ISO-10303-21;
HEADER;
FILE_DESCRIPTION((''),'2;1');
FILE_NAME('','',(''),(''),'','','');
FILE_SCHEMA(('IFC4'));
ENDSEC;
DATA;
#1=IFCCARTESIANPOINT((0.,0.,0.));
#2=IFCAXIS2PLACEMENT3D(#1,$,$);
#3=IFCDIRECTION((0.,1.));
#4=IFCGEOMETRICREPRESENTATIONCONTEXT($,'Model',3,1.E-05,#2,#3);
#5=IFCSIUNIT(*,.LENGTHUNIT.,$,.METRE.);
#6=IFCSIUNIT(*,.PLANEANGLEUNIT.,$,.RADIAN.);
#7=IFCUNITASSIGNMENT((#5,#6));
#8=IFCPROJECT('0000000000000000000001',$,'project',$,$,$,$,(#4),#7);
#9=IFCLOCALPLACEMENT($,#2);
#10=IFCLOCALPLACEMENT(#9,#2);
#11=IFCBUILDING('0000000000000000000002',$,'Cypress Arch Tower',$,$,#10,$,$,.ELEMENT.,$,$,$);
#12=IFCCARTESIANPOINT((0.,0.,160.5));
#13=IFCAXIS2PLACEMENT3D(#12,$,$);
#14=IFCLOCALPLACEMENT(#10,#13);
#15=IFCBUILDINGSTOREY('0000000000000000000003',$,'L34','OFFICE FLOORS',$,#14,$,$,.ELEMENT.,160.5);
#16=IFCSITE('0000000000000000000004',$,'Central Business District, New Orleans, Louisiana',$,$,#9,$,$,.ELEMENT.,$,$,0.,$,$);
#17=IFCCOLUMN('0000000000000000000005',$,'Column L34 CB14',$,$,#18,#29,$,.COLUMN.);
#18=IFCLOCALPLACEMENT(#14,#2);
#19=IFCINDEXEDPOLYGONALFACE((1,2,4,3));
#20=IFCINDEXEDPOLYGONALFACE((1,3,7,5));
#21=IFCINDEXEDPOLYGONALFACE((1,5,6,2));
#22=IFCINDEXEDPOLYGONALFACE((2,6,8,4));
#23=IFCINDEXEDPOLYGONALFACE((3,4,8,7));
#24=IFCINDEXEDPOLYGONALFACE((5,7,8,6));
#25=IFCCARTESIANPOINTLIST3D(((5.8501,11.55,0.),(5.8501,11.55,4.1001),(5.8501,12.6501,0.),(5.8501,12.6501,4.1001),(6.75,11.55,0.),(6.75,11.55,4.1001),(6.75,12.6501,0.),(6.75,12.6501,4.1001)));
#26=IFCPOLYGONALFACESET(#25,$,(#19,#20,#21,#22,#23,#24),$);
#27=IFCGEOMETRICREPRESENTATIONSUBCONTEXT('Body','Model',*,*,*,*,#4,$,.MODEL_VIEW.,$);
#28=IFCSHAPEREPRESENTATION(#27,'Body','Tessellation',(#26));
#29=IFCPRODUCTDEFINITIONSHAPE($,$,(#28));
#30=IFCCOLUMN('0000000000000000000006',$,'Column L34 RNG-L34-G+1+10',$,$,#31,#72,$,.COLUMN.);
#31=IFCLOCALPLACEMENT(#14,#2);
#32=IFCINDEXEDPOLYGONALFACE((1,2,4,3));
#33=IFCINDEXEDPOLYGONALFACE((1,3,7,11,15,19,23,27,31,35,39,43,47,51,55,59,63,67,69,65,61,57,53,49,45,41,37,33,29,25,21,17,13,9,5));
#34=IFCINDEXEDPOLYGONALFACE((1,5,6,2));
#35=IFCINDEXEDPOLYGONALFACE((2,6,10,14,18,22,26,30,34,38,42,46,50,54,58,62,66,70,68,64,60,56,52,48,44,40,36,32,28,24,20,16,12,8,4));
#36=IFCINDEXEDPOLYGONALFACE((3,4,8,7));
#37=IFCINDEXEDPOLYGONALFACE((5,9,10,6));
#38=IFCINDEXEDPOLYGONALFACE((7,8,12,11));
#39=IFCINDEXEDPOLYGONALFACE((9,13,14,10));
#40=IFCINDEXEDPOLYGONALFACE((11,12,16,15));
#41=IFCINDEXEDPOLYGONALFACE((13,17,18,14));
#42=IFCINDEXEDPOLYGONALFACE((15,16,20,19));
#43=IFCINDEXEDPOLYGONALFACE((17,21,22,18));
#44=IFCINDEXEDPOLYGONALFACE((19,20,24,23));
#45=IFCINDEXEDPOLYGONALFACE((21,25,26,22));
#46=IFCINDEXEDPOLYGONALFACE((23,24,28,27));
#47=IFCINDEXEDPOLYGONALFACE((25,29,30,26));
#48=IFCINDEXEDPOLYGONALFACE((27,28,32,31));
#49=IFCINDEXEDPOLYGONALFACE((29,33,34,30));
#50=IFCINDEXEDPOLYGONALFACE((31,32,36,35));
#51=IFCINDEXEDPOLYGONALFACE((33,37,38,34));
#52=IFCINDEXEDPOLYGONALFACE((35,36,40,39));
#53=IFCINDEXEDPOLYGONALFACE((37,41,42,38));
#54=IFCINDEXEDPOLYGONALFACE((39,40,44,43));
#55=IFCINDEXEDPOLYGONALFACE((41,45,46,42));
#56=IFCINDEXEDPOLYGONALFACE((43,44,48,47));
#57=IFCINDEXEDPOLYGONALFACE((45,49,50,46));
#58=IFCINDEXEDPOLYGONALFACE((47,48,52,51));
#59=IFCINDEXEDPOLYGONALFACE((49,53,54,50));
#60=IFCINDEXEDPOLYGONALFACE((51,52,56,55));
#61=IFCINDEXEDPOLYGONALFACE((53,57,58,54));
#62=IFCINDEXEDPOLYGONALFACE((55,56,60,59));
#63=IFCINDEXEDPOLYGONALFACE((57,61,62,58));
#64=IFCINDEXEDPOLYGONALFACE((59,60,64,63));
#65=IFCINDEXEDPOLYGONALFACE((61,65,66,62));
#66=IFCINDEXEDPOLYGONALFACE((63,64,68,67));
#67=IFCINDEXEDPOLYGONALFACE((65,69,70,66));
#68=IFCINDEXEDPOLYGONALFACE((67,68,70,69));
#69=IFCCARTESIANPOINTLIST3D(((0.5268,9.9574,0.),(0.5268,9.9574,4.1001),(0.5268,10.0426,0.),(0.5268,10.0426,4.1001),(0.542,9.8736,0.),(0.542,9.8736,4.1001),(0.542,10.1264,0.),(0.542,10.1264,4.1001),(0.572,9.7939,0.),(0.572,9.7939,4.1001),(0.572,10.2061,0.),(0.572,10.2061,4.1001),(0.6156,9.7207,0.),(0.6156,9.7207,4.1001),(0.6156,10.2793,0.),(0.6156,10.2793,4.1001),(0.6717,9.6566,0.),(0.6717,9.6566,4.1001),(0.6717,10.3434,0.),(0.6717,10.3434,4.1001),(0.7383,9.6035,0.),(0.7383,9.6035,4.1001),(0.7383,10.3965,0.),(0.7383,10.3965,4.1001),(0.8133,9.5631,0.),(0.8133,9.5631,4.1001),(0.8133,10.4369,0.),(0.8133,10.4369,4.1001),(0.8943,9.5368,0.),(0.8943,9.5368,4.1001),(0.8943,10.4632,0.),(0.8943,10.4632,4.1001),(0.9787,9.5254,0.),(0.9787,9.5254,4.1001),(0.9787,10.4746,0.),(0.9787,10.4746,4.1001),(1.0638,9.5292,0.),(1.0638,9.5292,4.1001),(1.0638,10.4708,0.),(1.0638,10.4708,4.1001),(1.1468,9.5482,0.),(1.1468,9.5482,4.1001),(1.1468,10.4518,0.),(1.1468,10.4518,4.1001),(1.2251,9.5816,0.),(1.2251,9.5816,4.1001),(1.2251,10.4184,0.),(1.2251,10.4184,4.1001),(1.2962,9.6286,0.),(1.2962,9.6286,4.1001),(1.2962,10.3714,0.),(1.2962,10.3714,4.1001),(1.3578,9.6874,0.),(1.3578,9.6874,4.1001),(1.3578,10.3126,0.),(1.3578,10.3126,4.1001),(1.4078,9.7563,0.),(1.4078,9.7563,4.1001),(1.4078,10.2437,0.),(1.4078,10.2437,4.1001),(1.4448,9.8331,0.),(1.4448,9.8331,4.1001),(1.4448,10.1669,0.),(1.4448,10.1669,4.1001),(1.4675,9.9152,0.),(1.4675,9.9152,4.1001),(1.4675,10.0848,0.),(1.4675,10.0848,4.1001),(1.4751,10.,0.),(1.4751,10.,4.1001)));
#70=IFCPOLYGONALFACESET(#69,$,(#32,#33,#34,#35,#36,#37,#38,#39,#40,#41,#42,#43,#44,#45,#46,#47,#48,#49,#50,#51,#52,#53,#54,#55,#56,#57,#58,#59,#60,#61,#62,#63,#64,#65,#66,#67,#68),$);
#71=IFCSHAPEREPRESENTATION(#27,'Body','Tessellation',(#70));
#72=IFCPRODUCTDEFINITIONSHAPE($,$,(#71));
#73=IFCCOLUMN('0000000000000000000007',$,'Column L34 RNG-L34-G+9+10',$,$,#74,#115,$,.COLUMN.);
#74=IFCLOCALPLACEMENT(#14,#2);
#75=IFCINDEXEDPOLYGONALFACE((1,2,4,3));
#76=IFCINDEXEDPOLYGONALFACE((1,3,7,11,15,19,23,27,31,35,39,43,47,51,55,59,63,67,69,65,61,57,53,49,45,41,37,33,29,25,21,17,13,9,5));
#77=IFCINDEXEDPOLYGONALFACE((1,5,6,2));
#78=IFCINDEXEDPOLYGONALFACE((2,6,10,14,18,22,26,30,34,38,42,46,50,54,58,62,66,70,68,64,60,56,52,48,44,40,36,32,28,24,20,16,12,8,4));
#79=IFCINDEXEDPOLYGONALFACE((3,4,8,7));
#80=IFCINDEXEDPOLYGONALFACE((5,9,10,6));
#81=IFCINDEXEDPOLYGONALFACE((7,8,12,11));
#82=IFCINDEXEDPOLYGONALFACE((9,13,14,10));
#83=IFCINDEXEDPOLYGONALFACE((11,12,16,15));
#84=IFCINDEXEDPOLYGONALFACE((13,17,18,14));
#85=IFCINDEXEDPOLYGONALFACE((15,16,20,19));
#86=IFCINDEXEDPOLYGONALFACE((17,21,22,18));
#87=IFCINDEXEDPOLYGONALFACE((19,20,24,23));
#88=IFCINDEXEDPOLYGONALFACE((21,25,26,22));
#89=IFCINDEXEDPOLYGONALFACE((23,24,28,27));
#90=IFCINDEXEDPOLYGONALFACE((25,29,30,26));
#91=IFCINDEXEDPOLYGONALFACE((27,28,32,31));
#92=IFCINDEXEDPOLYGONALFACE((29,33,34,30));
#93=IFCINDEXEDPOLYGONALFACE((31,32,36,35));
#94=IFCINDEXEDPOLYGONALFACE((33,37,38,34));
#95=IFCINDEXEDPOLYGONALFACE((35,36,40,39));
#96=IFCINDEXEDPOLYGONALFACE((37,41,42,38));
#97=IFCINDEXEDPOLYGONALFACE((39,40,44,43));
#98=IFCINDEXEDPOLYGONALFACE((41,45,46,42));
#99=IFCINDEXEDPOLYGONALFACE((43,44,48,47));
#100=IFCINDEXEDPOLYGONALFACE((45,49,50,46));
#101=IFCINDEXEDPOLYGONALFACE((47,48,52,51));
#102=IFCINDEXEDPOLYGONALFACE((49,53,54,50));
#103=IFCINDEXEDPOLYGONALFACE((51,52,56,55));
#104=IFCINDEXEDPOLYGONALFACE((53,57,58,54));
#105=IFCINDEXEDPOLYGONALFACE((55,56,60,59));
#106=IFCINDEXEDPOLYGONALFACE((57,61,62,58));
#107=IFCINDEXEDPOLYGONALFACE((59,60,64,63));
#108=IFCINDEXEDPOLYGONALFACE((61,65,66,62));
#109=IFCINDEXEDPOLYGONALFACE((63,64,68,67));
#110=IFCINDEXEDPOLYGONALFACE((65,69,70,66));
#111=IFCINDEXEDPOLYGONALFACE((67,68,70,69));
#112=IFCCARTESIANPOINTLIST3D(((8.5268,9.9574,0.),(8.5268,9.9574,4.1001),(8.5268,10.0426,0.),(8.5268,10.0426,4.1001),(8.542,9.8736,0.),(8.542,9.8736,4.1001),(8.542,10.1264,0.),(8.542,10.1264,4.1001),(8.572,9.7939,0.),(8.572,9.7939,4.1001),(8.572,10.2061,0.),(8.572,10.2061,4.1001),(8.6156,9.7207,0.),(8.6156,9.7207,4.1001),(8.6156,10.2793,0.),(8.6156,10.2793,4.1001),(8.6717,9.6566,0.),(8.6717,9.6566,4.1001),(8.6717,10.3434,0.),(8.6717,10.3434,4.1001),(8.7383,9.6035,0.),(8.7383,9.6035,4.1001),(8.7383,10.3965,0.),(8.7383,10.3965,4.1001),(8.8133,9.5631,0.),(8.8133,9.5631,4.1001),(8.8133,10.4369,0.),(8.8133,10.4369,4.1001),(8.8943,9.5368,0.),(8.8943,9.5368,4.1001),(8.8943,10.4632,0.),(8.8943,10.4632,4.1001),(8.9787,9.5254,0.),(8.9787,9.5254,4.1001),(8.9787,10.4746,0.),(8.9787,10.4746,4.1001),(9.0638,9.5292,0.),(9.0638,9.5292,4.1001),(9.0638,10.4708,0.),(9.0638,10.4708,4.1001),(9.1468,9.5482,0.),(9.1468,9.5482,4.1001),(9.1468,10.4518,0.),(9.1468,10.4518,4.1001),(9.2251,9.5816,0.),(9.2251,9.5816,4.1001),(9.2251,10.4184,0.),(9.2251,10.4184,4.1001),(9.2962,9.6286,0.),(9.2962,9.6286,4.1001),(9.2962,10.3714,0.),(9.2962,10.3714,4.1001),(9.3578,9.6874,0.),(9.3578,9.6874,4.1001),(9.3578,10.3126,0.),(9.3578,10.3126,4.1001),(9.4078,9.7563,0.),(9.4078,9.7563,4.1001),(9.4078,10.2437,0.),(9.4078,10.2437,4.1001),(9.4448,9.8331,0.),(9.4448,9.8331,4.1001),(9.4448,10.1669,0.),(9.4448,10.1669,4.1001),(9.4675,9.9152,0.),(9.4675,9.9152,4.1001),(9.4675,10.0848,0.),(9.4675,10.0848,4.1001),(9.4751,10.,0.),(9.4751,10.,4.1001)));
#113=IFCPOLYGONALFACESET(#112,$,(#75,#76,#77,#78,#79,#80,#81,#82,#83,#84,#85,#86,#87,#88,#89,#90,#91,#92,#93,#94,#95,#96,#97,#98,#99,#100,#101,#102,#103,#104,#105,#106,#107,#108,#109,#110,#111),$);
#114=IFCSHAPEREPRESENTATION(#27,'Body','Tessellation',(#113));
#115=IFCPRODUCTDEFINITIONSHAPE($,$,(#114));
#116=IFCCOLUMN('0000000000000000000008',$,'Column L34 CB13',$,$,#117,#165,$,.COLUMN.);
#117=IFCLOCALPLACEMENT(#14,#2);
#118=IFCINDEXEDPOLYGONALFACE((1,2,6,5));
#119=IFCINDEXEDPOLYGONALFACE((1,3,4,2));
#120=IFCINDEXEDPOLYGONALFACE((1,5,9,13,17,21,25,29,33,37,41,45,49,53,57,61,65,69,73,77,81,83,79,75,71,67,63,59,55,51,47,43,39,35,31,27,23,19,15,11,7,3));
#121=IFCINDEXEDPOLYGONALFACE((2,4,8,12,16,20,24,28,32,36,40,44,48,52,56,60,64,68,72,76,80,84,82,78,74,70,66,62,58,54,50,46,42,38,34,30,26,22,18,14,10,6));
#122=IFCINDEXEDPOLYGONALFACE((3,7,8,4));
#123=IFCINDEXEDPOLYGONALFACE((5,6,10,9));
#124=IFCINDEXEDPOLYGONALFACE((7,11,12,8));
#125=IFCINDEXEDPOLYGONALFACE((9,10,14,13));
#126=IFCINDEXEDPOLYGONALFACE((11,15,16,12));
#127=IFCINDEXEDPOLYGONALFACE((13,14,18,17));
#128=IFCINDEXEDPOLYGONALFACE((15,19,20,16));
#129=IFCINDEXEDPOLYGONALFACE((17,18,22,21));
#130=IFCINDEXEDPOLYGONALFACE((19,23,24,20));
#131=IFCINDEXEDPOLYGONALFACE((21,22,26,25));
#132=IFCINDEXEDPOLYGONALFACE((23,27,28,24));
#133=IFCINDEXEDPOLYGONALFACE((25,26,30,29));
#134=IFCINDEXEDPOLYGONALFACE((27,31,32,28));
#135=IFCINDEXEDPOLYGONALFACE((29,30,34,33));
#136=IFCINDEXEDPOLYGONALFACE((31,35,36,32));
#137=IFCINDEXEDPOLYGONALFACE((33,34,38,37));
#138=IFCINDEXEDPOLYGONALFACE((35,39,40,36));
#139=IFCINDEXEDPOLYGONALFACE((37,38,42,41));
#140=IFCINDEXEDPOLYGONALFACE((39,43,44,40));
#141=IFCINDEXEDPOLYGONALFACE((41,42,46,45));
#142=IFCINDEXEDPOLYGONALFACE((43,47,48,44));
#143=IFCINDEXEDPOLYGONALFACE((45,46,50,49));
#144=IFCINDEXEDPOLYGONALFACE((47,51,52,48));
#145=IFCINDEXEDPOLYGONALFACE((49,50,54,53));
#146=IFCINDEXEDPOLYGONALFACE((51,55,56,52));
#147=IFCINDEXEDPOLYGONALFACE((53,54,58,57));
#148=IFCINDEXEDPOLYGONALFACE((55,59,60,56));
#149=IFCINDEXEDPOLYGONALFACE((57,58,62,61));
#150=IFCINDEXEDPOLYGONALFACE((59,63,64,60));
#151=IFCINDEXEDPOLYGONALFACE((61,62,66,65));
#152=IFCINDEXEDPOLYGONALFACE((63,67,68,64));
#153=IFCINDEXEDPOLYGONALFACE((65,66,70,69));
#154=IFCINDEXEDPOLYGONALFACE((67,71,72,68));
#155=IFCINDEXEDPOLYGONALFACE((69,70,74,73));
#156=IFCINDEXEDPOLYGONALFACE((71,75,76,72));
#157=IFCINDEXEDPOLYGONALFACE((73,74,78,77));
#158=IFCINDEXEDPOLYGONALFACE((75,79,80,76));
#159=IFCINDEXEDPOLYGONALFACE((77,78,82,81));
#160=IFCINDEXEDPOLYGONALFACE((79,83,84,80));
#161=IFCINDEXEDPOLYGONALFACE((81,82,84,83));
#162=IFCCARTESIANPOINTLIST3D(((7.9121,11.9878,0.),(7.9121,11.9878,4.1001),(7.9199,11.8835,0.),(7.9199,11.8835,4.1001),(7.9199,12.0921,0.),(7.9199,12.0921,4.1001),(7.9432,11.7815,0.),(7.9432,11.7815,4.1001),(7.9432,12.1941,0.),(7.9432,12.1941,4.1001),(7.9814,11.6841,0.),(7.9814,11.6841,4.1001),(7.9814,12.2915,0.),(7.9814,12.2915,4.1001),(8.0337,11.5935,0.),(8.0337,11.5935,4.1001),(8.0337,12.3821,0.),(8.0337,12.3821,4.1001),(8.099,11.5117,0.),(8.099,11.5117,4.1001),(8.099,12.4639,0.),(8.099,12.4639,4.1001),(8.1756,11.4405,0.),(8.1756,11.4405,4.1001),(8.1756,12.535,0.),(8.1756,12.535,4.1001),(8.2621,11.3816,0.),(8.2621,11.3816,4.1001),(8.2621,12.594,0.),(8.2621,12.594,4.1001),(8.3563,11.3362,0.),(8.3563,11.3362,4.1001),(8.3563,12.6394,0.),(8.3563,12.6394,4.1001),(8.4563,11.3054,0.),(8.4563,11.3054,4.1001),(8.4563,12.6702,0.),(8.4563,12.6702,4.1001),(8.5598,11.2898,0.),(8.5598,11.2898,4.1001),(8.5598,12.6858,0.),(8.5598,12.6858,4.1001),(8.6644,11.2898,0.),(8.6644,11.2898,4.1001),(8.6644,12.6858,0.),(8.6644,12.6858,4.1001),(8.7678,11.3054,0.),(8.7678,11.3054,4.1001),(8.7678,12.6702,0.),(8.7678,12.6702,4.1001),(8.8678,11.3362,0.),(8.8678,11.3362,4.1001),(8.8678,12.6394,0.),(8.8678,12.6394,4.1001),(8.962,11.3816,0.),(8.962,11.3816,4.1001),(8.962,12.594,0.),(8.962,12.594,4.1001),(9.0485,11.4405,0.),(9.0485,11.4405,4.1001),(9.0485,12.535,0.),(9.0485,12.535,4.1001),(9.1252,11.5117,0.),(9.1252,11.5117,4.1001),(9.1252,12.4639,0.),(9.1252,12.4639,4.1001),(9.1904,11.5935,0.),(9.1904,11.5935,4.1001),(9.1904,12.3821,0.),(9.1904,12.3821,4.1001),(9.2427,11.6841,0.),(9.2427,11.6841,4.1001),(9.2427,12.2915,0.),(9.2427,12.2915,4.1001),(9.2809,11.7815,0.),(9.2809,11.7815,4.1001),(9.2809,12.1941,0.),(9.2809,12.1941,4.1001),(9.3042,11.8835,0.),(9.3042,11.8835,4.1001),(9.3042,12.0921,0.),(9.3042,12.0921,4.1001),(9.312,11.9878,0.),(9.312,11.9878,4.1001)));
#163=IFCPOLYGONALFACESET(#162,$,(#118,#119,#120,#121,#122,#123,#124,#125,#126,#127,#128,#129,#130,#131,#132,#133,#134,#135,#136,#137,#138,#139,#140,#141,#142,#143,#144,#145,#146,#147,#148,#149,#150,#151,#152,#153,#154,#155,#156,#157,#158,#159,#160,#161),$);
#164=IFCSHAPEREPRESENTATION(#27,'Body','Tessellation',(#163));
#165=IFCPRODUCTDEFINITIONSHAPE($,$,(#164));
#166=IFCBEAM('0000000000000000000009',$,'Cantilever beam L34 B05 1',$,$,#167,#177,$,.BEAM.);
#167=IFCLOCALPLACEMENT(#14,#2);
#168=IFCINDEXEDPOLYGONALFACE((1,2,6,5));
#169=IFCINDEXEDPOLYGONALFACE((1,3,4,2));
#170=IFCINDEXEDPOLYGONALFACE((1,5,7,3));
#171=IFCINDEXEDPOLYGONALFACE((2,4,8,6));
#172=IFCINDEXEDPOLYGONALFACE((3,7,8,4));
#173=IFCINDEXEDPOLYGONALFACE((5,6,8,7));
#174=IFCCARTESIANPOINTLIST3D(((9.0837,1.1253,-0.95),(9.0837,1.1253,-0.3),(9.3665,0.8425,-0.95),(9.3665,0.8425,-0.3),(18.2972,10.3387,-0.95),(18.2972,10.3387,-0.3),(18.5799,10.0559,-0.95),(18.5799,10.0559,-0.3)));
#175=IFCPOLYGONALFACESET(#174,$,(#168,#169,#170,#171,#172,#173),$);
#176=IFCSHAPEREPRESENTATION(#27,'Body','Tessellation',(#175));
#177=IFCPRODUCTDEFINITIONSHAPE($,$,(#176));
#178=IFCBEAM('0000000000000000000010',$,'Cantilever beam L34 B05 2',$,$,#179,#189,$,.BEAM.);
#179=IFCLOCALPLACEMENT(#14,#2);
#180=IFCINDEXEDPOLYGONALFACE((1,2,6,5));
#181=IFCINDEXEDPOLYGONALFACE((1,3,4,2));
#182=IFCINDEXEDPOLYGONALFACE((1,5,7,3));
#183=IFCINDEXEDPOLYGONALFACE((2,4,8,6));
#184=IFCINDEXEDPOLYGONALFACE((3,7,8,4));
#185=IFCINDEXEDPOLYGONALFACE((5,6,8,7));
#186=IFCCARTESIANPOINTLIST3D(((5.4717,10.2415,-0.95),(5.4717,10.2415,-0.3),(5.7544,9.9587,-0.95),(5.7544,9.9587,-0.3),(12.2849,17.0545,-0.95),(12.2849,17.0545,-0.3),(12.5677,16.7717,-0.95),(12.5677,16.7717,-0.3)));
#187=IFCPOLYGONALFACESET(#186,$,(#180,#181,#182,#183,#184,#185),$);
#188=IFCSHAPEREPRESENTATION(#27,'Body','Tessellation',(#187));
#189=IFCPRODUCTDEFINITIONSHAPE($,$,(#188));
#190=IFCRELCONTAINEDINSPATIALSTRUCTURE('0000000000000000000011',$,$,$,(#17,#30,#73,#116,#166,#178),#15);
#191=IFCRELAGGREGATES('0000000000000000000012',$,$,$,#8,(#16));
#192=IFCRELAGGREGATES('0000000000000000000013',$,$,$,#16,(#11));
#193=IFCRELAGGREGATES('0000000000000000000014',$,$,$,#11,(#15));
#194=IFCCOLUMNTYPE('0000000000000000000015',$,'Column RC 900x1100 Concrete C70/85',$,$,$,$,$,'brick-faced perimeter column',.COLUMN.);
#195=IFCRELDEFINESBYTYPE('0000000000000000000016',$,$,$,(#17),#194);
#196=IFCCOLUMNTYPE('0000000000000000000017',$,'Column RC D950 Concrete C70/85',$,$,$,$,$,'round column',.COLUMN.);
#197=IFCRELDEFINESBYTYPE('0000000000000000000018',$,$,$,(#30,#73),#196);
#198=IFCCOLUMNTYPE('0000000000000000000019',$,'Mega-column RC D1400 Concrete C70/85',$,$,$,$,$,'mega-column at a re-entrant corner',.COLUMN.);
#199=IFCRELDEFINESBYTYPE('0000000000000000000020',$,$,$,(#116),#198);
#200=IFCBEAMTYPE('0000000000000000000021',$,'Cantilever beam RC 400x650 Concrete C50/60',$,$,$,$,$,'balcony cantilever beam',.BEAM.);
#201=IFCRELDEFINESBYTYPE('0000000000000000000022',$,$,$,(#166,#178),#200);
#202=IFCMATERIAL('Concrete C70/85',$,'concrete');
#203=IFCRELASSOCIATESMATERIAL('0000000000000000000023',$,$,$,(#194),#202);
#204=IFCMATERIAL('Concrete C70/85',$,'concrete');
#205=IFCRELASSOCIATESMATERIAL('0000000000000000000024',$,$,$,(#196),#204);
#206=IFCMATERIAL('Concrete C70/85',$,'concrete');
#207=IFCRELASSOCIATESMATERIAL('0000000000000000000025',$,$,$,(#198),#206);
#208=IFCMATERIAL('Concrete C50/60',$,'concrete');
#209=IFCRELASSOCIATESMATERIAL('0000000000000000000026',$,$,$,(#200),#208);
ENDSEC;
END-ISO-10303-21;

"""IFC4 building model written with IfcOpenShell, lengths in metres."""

from ifc_helpers import new_model, si_unit, direction, frame, origin, origin_2d, place, context, subcontext, project, spatial, rectangle, circle, extrude, material, material_profile, profile_set, type_object, element, save


model = new_model("IFC4")

# Units and contexts
model_context = context("Model", 3, precision=1e-05, world=origin(), true_north=direction((0.0, 1.0)))
body_context = subcontext(model_context, "Body", "Model", "MODEL_VIEW")
ifc_project = project(units=[si_unit("LENGTHUNIT", "METRE"), si_unit("PLANEANGLEUNIT", "RADIAN")], contexts=[model_context])

# Site, building, storey
site_placement = place(None, origin())
site = spatial("IfcSite", under=ifc_project, at=site_placement, Name="Central Business District, New Orleans, Louisiana", CompositionType="ELEMENT", RefElevation=0.0)
building_placement = place(site_placement, origin())
building = spatial("IfcBuilding", under=site, at=building_placement, Name="Cypress Arch Tower", CompositionType="ELEMENT")
storey_placement = place(building_placement, frame((0.0, 0.0, 160.5)))
storey = spatial("IfcBuildingStorey", under=building, at=storey_placement, Name="L34", Description="OFFICE FLOORS", CompositionType="ELEMENT", Elevation=160.5)

# Columns
ifc_material_1 = material(Name="Concrete C70/85", Category="concrete")
ifc_material_profile_1 = material_profile(ifc_material_1, rectangle(XDim=0.8999, YDim=1.1001, at=origin_2d()), Name="RC 900x1100")
ifc_profile_set_1 = profile_set([ifc_material_profile_1], Name="Concrete C70/85")
column_type_1 = type_object("IfcColumnType", Name="Column RC 900x1100 Concrete C70/85", ElementType="brick-faced perimeter column", PredefinedType="COLUMN", material=ifc_profile_set_1)
column_1_placement = place(storey_placement, frame((6.3, 12.1001, 0.0), z_axis=(0.0, 0.0, 1.0), x_axis=(-1.0, 0.0, 0.0)))
element("IfcColumn", 1, at=column_1_placement, inside=storey, type_object=column_type_1, Name="Column L34 CB14", PredefinedType="COLUMN", context=body_context, shape_type="SweptSolid", body=[
    extrude(rectangle(XDim=0.8999, YDim=1.1001, at=origin_2d()), origin(), (0.0, 0.0, 1.0), 4.1001),
])
ifc_material_2 = material(Name="Concrete C70/85", Category="concrete")
ifc_material_profile_2 = material_profile(ifc_material_2, circle(Radius=0.4751, at=origin_2d()), Name="RC D950")
ifc_profile_set_2 = profile_set([ifc_material_profile_2], Name="Concrete C70/85")
column_type_2 = type_object("IfcColumnType", Name="Column RC D950 Concrete C70/85", ElementType="round column", PredefinedType="COLUMN", material=ifc_profile_set_2)
for number, where, z_axis, x_axis, name in (
    (2, (1.0, 10.0, 0.0), (0.0, 0.0, 1.0), (1.0, 0.0, 0.0), "Column L34 RNG-L34-G+1+10"),
    (3, (9.0, 10.0, 0.0), (0.0, 0.0, 1.0), (1.0, 0.0, 0.0), "Column L34 RNG-L34-G+9+10"),
):
    element("IfcColumn", number, at=place(storey_placement, frame(where, z_axis=z_axis, x_axis=x_axis)), inside=storey, type_object=column_type_2, Name=name, PredefinedType="COLUMN", context=body_context, shape_type="SweptSolid", body=[
        extrude(circle(Radius=0.4751, at=origin_2d()), origin(), (0.0, 0.0, 1.0), 4.1001),
    ])
ifc_material_3 = material(Name="Concrete C70/85", Category="concrete")
ifc_material_profile_3 = material_profile(ifc_material_3, circle(Radius=0.7, at=origin_2d()), Name="RC D1400")
ifc_profile_set_3 = profile_set([ifc_material_profile_3], Name="Concrete C70/85")
column_type_3 = type_object("IfcColumnType", Name="Mega-column RC D1400 Concrete C70/85", ElementType="mega-column at a re-entrant corner", PredefinedType="COLUMN", material=ifc_profile_set_3)
column_2_placement = place(storey_placement, frame((8.6121, 11.9878, 0.0), z_axis=(0.0, 0.0, 1.0), x_axis=(1.0, 0.0, 0.0)))
element("IfcColumn", 4, at=column_2_placement, inside=storey, type_object=column_type_3, Name="Column L34 CB13", PredefinedType="COLUMN", context=body_context, shape_type="SweptSolid", body=[
    extrude(circle(Radius=0.7, at=origin_2d()), origin(), (0.0, 0.0, 1.0), 4.1001),
])

# Beams
ifc_material_4 = material(Name="Concrete C50/60", Category="concrete")
ifc_material_profile_4 = material_profile(ifc_material_4, rectangle(XDim=0.3999, YDim=0.6499, at=origin_2d()), Name="RC 400x650")
ifc_profile_set_4 = profile_set([ifc_material_profile_4], Name="Concrete C50/60")
beam_type_1 = type_object("IfcBeamType", Name="Cantilever beam RC 400x650 Concrete C50/60", ElementType="balcony cantilever beam", PredefinedType="BEAM", material=ifc_profile_set_4)
beam_1_placement = place(storey_placement, frame((9.2251, 0.9839, -0.625), z_axis=(0.707107, 0.707107, 0.0), x_axis=(-0.707107, 0.707107, 0.0)))
element("IfcBeam", 5, at=beam_1_placement, inside=storey, type_object=beam_type_1, Name="Cantilever beam L34 B05 1", PredefinedType="BEAM", context=body_context, shape_type="SweptSolid", body=[
    extrude(rectangle(XDim=0.3999, YDim=0.6499, at=origin_2d()), origin(), (0.0, 0.0, 1.0), 13.0298),
])
beam_2_placement = place(storey_placement, frame((5.613, 10.1001, -0.625), z_axis=(0.707119, 0.707094, 0.0), x_axis=(-0.707094, 0.707119, 0.0)))
element("IfcBeam", 6, at=beam_2_placement, inside=storey, type_object=beam_type_1, Name="Cantilever beam L34 B05 2", PredefinedType="BEAM", context=body_context, shape_type="SweptSolid", body=[
    extrude(rectangle(XDim=0.3999, YDim=0.6499, at=origin_2d()), origin(), (0.0, 0.0, 1.0), 9.6353),
])

save(model, "model.ifc")
